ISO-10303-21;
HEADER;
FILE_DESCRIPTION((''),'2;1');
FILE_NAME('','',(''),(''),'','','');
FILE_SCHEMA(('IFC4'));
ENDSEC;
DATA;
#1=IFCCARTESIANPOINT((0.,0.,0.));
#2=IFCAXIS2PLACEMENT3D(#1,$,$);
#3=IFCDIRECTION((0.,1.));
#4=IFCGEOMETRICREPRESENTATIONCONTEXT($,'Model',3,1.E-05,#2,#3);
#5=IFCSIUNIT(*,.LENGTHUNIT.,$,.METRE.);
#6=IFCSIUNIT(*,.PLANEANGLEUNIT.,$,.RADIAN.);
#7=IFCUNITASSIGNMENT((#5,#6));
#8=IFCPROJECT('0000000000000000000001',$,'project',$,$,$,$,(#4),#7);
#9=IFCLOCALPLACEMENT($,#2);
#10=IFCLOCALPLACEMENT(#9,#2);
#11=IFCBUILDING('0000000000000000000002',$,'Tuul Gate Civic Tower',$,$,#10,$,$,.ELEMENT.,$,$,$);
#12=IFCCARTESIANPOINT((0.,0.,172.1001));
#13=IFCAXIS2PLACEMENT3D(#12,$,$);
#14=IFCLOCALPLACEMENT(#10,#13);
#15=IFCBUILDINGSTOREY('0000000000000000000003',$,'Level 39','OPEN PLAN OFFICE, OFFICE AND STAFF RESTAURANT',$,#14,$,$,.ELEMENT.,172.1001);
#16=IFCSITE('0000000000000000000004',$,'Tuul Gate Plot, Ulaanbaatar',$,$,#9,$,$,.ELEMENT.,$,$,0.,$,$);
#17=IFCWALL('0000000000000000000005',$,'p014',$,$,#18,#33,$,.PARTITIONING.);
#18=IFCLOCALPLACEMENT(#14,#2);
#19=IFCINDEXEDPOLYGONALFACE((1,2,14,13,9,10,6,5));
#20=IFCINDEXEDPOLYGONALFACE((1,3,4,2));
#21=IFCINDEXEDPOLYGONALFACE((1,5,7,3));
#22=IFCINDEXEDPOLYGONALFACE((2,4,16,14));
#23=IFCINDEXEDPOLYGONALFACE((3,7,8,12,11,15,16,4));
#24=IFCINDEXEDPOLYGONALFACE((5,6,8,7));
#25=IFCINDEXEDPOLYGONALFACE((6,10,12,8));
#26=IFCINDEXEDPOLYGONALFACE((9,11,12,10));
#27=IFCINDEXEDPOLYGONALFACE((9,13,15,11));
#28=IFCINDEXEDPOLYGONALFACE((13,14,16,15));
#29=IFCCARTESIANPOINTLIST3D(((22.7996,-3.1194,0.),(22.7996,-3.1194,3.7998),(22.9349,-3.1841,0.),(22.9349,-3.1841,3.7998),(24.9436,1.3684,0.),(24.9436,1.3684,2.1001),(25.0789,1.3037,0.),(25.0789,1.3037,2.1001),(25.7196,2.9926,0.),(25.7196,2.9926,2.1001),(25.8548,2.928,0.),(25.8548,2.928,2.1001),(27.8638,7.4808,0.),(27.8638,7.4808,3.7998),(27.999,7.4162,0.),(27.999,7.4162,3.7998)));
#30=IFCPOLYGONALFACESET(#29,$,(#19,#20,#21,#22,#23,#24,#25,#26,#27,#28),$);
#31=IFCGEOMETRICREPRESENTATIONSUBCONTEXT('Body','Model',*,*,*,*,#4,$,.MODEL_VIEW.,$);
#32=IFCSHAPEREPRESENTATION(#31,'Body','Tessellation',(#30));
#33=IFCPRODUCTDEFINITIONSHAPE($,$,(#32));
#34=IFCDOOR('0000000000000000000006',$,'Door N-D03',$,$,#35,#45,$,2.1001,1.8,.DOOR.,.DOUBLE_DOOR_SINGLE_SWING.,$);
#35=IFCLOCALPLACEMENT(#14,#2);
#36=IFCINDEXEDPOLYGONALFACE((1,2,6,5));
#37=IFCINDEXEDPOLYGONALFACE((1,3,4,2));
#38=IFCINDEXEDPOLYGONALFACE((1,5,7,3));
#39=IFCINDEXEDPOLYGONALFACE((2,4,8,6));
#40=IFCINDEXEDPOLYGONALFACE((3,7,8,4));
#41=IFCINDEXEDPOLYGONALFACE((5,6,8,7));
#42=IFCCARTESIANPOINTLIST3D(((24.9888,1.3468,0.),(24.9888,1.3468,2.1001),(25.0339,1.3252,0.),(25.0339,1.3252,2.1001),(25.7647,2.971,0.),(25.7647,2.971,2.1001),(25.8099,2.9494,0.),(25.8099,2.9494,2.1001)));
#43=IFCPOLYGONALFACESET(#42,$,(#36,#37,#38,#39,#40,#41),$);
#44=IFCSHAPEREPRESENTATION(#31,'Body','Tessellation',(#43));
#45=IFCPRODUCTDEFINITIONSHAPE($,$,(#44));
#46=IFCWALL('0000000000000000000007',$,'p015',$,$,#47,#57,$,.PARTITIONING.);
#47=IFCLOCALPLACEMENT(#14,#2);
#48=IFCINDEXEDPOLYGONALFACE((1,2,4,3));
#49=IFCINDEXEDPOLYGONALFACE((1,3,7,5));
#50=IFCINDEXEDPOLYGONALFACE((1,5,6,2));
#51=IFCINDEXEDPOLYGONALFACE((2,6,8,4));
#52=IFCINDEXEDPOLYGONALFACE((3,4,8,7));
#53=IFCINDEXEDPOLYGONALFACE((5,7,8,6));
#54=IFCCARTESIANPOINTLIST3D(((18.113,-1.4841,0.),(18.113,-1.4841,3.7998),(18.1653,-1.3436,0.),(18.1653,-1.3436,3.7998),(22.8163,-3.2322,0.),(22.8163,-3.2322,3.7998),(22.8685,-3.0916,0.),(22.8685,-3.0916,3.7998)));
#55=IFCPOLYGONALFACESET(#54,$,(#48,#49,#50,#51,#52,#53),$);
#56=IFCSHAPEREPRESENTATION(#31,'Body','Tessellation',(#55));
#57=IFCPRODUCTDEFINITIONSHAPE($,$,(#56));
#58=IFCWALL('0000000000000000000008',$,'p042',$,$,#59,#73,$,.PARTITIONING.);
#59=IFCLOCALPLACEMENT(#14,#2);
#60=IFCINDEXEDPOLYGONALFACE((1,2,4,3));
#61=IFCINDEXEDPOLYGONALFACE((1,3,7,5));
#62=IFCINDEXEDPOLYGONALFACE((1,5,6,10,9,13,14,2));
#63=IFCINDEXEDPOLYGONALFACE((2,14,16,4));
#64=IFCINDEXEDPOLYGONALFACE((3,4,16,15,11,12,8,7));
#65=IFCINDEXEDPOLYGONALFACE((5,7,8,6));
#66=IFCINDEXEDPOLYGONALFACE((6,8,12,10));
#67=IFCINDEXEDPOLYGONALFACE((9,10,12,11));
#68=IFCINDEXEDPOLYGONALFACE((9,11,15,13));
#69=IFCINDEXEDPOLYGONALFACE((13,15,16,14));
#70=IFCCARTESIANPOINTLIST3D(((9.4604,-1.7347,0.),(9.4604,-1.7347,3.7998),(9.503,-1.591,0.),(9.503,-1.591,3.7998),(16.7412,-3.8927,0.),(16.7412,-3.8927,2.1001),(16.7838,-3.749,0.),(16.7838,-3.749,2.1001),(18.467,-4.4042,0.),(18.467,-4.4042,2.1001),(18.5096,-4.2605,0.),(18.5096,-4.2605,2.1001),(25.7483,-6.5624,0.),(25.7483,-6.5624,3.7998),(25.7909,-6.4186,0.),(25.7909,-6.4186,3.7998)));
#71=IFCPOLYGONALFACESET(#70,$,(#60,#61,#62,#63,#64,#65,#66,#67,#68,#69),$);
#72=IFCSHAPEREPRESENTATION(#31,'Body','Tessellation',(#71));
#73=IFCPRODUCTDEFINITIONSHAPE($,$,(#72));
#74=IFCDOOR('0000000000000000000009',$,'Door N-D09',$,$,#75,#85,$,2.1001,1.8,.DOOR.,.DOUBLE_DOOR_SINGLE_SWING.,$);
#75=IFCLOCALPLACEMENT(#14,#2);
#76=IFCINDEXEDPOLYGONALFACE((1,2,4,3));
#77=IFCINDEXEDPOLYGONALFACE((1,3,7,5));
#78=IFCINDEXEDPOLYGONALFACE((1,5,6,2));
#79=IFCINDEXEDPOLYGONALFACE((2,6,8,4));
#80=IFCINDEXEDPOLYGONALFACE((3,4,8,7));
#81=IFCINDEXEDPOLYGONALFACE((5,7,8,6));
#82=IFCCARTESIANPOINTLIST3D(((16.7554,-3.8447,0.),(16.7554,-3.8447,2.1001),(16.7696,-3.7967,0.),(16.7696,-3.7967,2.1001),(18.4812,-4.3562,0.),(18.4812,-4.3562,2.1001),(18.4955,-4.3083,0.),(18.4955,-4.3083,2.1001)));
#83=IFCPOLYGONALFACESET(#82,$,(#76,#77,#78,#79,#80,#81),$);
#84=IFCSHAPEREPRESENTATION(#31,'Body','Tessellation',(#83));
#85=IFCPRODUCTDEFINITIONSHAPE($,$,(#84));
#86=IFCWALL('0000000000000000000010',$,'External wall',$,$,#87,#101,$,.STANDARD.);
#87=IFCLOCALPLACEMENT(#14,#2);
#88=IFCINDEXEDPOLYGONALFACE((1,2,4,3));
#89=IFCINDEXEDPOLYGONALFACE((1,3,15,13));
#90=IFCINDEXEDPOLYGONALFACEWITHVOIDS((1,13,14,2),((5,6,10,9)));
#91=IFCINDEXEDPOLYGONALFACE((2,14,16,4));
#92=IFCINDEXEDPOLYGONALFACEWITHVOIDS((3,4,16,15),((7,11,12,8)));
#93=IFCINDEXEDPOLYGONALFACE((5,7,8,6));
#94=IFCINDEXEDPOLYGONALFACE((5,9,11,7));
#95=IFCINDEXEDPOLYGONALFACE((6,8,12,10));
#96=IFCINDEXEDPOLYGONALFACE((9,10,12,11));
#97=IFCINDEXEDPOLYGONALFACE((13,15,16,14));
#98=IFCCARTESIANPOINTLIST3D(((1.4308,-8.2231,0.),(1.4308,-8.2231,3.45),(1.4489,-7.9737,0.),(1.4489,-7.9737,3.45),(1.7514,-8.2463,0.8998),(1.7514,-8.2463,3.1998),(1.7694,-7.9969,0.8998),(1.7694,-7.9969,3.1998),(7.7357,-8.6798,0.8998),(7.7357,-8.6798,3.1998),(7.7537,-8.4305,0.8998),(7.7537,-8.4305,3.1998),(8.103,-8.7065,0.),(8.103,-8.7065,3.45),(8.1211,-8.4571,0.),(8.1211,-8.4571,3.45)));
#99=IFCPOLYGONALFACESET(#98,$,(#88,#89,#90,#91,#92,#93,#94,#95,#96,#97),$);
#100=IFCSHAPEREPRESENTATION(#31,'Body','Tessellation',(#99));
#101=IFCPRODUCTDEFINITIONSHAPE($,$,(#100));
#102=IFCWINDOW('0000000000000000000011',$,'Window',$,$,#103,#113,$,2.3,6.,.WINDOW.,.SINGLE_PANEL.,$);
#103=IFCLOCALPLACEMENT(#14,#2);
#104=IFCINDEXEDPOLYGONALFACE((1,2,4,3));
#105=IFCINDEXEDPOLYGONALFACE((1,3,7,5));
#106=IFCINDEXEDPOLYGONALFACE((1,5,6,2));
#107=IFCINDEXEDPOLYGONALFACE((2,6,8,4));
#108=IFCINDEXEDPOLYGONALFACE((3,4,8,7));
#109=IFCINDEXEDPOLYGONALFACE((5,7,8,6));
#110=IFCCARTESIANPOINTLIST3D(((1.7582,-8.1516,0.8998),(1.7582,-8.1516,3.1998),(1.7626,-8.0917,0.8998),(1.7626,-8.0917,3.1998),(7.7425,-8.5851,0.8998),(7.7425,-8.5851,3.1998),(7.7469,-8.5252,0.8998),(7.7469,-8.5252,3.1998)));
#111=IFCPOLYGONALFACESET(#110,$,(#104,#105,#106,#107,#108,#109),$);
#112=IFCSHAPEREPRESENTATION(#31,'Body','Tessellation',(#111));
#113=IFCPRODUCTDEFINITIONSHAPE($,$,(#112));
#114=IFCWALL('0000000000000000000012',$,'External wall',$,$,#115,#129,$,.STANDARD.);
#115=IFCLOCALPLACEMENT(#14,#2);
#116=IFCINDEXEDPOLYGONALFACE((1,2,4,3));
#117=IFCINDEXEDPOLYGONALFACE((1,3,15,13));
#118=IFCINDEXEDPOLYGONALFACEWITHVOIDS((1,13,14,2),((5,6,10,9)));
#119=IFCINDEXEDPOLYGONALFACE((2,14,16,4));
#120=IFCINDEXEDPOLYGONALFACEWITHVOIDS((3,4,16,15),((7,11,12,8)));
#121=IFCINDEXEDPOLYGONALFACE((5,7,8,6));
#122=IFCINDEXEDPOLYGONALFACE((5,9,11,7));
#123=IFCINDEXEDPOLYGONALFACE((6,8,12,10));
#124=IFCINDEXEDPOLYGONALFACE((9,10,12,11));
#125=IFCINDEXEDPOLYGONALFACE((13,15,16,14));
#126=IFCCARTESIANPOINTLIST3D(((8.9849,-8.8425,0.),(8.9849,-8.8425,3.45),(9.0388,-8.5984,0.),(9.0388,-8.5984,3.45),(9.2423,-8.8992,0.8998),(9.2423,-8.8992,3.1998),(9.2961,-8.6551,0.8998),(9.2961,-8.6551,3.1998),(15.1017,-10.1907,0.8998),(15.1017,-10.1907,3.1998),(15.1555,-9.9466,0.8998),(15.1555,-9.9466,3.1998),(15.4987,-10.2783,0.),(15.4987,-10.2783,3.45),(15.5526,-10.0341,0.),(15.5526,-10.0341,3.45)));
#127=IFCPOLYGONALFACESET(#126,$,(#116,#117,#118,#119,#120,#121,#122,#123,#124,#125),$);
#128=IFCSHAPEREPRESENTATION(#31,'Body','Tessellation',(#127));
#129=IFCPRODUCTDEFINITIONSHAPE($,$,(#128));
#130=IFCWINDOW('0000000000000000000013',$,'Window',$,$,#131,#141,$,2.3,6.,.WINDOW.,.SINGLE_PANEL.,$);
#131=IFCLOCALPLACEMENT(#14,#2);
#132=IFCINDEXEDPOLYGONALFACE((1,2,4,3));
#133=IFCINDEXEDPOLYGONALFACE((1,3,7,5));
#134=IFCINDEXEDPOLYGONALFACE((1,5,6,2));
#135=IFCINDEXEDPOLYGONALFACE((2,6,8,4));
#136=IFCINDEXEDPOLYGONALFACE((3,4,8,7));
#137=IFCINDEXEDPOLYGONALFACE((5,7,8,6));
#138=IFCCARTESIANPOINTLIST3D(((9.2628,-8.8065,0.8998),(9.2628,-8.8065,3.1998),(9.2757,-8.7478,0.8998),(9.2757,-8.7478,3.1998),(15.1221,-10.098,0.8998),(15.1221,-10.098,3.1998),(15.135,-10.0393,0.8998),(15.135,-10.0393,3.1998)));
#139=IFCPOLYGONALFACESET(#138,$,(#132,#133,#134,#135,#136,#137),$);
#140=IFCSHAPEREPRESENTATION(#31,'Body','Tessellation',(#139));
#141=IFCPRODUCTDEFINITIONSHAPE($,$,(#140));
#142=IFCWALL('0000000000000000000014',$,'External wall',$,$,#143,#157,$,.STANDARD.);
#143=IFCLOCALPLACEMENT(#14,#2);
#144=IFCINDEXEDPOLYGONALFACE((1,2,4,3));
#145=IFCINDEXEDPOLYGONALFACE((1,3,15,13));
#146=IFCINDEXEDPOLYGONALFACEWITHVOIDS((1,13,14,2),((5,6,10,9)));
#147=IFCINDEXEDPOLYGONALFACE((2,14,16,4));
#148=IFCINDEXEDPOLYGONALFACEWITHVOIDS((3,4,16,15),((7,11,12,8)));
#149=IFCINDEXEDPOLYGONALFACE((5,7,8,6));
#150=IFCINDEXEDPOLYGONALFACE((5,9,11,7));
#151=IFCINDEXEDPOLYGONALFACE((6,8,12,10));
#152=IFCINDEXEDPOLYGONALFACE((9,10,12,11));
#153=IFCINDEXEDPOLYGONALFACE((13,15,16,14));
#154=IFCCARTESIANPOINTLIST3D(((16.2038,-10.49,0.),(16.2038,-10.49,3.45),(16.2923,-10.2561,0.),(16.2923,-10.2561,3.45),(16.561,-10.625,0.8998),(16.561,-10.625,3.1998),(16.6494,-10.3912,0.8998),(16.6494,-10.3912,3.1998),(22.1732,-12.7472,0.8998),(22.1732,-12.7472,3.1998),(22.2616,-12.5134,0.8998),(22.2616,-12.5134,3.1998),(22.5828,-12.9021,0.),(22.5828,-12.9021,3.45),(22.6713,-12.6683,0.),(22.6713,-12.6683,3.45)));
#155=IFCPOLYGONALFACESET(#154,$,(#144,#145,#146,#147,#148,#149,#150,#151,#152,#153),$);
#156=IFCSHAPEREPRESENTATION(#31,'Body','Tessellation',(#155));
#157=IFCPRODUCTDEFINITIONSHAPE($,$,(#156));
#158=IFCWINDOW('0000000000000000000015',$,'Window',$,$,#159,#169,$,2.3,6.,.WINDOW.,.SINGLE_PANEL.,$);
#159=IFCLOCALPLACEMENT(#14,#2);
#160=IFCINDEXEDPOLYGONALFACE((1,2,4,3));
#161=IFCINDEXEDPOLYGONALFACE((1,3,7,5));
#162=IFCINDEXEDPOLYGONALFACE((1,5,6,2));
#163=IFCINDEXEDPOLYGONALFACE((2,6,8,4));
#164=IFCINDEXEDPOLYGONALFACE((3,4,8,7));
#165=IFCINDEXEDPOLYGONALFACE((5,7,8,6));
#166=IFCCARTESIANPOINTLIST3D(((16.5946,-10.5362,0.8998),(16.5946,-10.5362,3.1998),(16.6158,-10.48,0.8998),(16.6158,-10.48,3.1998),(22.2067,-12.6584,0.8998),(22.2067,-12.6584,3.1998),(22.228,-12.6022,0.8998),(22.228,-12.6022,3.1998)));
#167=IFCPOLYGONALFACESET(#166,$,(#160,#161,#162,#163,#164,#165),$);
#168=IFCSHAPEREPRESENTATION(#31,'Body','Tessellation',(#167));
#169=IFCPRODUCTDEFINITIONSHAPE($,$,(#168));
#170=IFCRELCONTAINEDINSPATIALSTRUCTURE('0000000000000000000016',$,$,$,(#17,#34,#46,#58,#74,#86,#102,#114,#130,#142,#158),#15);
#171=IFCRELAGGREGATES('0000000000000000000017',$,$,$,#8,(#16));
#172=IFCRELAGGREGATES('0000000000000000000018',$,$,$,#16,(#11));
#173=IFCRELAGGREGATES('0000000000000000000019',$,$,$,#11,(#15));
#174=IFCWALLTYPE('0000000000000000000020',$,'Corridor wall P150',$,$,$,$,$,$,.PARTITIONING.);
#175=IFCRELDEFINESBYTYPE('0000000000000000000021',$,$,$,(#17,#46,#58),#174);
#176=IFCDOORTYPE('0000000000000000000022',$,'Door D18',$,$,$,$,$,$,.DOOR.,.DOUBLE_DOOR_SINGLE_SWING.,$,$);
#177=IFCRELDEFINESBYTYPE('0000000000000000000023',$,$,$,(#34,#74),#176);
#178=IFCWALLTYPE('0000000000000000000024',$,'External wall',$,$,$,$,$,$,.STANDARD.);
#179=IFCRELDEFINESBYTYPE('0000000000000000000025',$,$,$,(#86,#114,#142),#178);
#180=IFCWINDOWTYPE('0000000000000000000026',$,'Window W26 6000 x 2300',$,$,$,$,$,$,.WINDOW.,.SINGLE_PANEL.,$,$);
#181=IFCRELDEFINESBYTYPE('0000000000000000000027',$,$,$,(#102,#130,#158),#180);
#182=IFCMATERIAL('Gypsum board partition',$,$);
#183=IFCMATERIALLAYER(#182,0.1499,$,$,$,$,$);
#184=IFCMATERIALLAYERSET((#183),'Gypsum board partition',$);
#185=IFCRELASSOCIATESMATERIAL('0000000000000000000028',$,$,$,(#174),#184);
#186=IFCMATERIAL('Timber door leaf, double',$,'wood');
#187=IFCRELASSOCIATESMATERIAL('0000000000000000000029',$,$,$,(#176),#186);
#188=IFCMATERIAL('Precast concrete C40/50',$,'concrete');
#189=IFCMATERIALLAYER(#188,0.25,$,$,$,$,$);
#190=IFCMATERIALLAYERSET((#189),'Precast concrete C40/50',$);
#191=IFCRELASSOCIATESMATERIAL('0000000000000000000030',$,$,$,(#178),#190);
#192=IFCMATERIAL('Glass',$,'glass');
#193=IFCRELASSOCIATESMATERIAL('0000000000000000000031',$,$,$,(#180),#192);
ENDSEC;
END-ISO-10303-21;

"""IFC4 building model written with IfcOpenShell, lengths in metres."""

from ifc_helpers import new_model, si_unit, direction, frame, frame_2d, origin, place, context, subcontext, project, spatial, rectangle, extrude, material, layer, layer_set, type_object, element, fill, save


model = new_model("IFC4")

# Units and contexts
model_context = context("Model", 3, precision=1e-05, world=origin(), true_north=direction((0.0, 1.0)))
body_context = subcontext(model_context, "Body", "Model", "MODEL_VIEW")
ifc_project = project(units=[si_unit("LENGTHUNIT", "METRE"), si_unit("PLANEANGLEUNIT", "RADIAN")], contexts=[model_context])

# Site, building, storey
site_placement = place(None, origin())
site = spatial("IfcSite", under=ifc_project, at=site_placement, Name="Tuul Gate Plot, Ulaanbaatar", CompositionType="ELEMENT", RefElevation=0.0)
building_placement = place(site_placement, origin())
building = spatial("IfcBuilding", under=site, at=building_placement, Name="Tuul Gate Civic Tower", CompositionType="ELEMENT")
storey_placement = place(building_placement, frame((0.0, 0.0, 172.1001)))
storey = spatial("IfcBuildingStorey", under=building, at=storey_placement, Name="Level 39", Description="OPEN PLAN OFFICE, OFFICE AND STAFF RESTAURANT", CompositionType="ELEMENT", Elevation=172.1001)

# Wall, opening, door
ifc_material_1 = material(Name="Gypsum board partition")
ifc_layer_1 = layer(ifc_material_1, 0.1499)
ifc_layer_set_1 = layer_set([ifc_layer_1], Name="Gypsum board partition")
wall_type_1 = type_object("IfcWallType", Name="Corridor wall P150", PredefinedType="PARTITIONING", material=ifc_layer_set_1)
wall_1_placement = place(storey_placement, frame((22.8672, -3.1519, 0.0), z_axis=(0.0, 0.0, 1.0), x_axis=(0.431073, 0.902317, 0.0)))
wall_1 = element("IfcWall", 1, at=wall_1_placement, inside=storey, type_object=wall_type_1, Name="p014", PredefinedType="PARTITIONING", context=body_context, shape_type="SweptSolid", body=[
    extrude(rectangle(XDim=11.7478, YDim=0.1499, at=frame_2d((5.874, 0.0))), origin(), (0.0, 0.0, 1.0), 3.7998),
])
opening_1_placement = place(wall_1_placement, frame((4.9739, 0.0, 0.0)))
opening_1 = element("IfcOpeningElement", 2, at=opening_1_placement, cuts=wall_1, PredefinedType="OPENING", context=body_context, shape_type="SweptSolid", body=[
    extrude(rectangle(XDim=1.8, YDim=2.1001, at=frame_2d((0.8999, 1.05))), frame((0.0, 0.085, 0.0), z_axis=(0.0, -1.0, 0.0), x_axis=(1.0, 0.0, 0.0)), (0.0, 0.0, 1.0), 0.1699),
])
ifc_material_2 = material(Name="Timber door leaf, double", Category="wood")
door_type = type_object("IfcDoorType", Name="Door D18", OperationType="DOUBLE_DOOR_SINGLE_SWING", PredefinedType="DOOR", material=ifc_material_2)
door_1_placement = place(opening_1_placement, origin())
door_1 = element("IfcDoor", 3, at=door_1_placement, inside=storey, type_object=door_type, Name="Door N-D03", OperationType="DOUBLE_DOOR_SINGLE_SWING", OverallHeight=2.1001, OverallWidth=1.8, PredefinedType="DOOR", context=body_context, shape_type="SweptSolid", body=[
    extrude(rectangle(XDim=1.8, YDim=2.1001, at=frame_2d((0.8999, 1.05))), frame((0.0, 0.0249, 0.0), z_axis=(0.0, -1.0, 0.0), x_axis=(1.0, 0.0, 0.0)), (0.0, 0.0, 1.0), 0.05),
])
fill(opening_1, door_1)

# Wall
wall_2_placement = place(storey_placement, frame((18.1392, -1.4138, 0.0), z_axis=(0.0, 0.0, 1.0), x_axis=(0.937349, -0.348392, 0.0)))
element("IfcWall", 4, at=wall_2_placement, inside=storey, type_object=wall_type_1, Name="p015", PredefinedType="PARTITIONING", context=body_context, shape_type="SweptSolid", body=[
    extrude(rectangle(XDim=5.0176, YDim=0.1499, at=frame_2d((2.5088, 0.0))), origin(), (0.0, 0.0, 1.0), 3.7998),
])

# Wall, opening, door
wall_3_placement = place(storey_placement, frame((9.4817, -1.6628, 0.0), z_axis=(0.0, 0.0, 1.0), x_axis=(0.958772, -0.284175, 0.0)))
wall_3 = element("IfcWall", 5, at=wall_3_placement, inside=storey, type_object=wall_type_1, Name="p042", PredefinedType="PARTITIONING", context=body_context, shape_type="SweptSolid", body=[
    extrude(rectangle(XDim=16.9883, YDim=0.1499, at=frame_2d((8.4941, 0.0))), origin(), (0.0, 0.0, 1.0), 3.7998),
])
opening_2_placement = place(wall_3_placement, frame((7.594, 0.0, 0.0)))
opening_2 = element("IfcOpeningElement", 6, at=opening_2_placement, cuts=wall_3, PredefinedType="OPENING", context=body_context, shape_type="SweptSolid", body=[
    extrude(rectangle(XDim=1.8, YDim=2.1001, at=frame_2d((0.8999, 1.05))), frame((0.0, 0.085, 0.0), z_axis=(0.0, -1.0, 0.0), x_axis=(1.0, 0.0, 0.0)), (0.0, 0.0, 1.0), 0.1699),
])
door_2_placement = place(opening_2_placement, frame((1.8, 0.0, 0.0), z_axis=(0.0, 0.0, 1.0), x_axis=(-1.0, 0.0, 0.0)))
door_2 = element("IfcDoor", 7, at=door_2_placement, inside=storey, type_object=door_type, Name="Door N-D09", OperationType="DOUBLE_DOOR_SINGLE_SWING", OverallHeight=2.1001, OverallWidth=1.8, PredefinedType="DOOR", context=body_context, shape_type="SweptSolid", body=[
    extrude(rectangle(XDim=1.8, YDim=2.1001, at=frame_2d((0.9001, 1.05))), frame((0.0, 0.0249, 0.0), z_axis=(0.0, -1.0, 0.0), x_axis=(1.0, 0.0, 0.0)), (0.0, 0.0, 1.0), 0.05),
])
fill(opening_2, door_2)

# Walls, openings, windows
ifc_material_3 = material(Name="Precast concrete C40/50", Category="concrete")
ifc_layer_2 = layer(ifc_material_3, 0.25)
ifc_layer_set_2 = layer_set([ifc_layer_2], Name="Precast concrete C40/50")
wall_type_2 = type_object("IfcWallType", Name="External wall", PredefinedType="STANDARD", material=ifc_layer_set_2)
wall_4_placement = place(storey_placement, frame((1.4399, -8.0984, 0.0), z_axis=(0.0, 0.0, 1.0), x_axis=(0.997386, -0.072261, 0.0)))
wall_4 = element("IfcWall", 8, at=wall_4_placement, inside=storey, type_object=wall_type_2, Name="External wall", PredefinedType="STANDARD", context=body_context, shape_type="SweptSolid", body=[
    extrude(rectangle(XDim=6.6897, YDim=0.25, at=frame_2d((3.3447, 0.0))), origin(), (0.0, 0.0, 1.0), 3.45),
])
opening_3_placement = place(wall_4_placement, frame((0.3213, 0.0, 0.8999)))
opening_3 = element("IfcOpeningElement", 9, at=opening_3_placement, cuts=wall_4, PredefinedType="OPENING", context=body_context, shape_type="SweptSolid", body=[
    extrude(rectangle(XDim=6.0, YDim=2.3, at=frame_2d((3.0, 1.1499))), frame((0.0, 0.135, 0.0), z_axis=(0.0, -1.0, 0.0), x_axis=(1.0, 0.0, 0.0)), (0.0, 0.0, 1.0), 0.27),
])
ifc_material_4 = material(Name="Glass", Category="glass")
window_type = type_object("IfcWindowType", Name="Window W26 6000 x 2300", PartitioningType="SINGLE_PANEL", PredefinedType="WINDOW", material=ifc_material_4)
window_1_placement = place(opening_3_placement, origin())
window_1 = element("IfcWindow", 10, at=window_1_placement, inside=storey, type_object=window_type, Name="Window", OverallHeight=2.3, OverallWidth=6.0, PartitioningType="SINGLE_PANEL", PredefinedType="WINDOW", context=body_context, shape_type="SweptSolid", body=[
    extrude(rectangle(XDim=6.0, YDim=2.3, at=frame_2d((3.0, 1.1499))), frame((0.0, 0.03, 0.0), z_axis=(0.0, -1.0, 0.0), x_axis=(1.0, 0.0, 0.0)), (0.0, 0.0, 1.0), 0.0601),
])
fill(opening_3, window_1)
wall_5_placement = place(storey_placement, frame((9.012, -8.7205, 0.0), z_axis=(0.0, 0.0, 1.0), x_axis=(0.976559, -0.215252, 0.0)))
wall_5 = element("IfcWall", 11, at=wall_5_placement, inside=storey, type_object=wall_type_2, Name="External wall", PredefinedType="STANDARD", context=body_context, shape_type="SweptSolid", body=[
    extrude(rectangle(XDim=6.6702, YDim=0.25, at=frame_2d((3.335, 0.0))), origin(), (0.0, 0.0, 1.0), 3.45),
])
opening_4_placement = place(wall_5_placement, frame((0.2634, 0.0, 0.8999)))
opening_4 = element("IfcOpeningElement", 12, at=opening_4_placement, cuts=wall_5, PredefinedType="OPENING", context=body_context, shape_type="SweptSolid", body=[
    extrude(rectangle(XDim=6.0, YDim=2.3, at=frame_2d((3.0, 1.1499))), frame((0.0, 0.135, 0.0), z_axis=(0.0, -1.0, 0.0), x_axis=(1.0, 0.0, 0.0)), (0.0, 0.0, 1.0), 0.27),
])
window_2_placement = place(opening_4_placement, origin())
window_2 = element("IfcWindow", 13, at=window_2_placement, inside=storey, type_object=window_type, Name="Window", OverallHeight=2.3, OverallWidth=6.0, PartitioningType="SINGLE_PANEL", PredefinedType="WINDOW", context=body_context, shape_type="SweptSolid", body=[
    extrude(rectangle(XDim=6.0, YDim=2.3, at=frame_2d((3.0, 1.1499))), frame((0.0, 0.03, 0.0), z_axis=(0.0, -1.0, 0.0), x_axis=(1.0, 0.0, 0.0)), (0.0, 0.0, 1.0), 0.0601),
])
fill(opening_4, window_2)
wall_6_placement = place(storey_placement, frame((16.248, -10.373, 0.0), z_axis=(0.0, 0.0, 1.0), x_axis=(0.935361, -0.353696, 0.0)))
wall_6 = element("IfcWall", 14, at=wall_6_placement, inside=storey, type_object=wall_type_2, Name="External wall", PredefinedType="STANDARD", context=body_context, shape_type="SweptSolid", body=[
    extrude(rectangle(XDim=6.8198, YDim=0.25, at=frame_2d((3.4099, 0.0))), origin(), (0.0, 0.0, 1.0), 3.45),
])
opening_5_placement = place(wall_6_placement, frame((0.3818, 0.0, 0.8999)))
opening_5 = element("IfcOpeningElement", 15, at=opening_5_placement, cuts=wall_6, PredefinedType="OPENING", context=body_context, shape_type="SweptSolid", body=[
    extrude(rectangle(XDim=6.0, YDim=2.3, at=frame_2d((3.0, 1.1499))), frame((0.0, 0.135, 0.0), z_axis=(0.0, -1.0, 0.0), x_axis=(1.0, 0.0, 0.0)), (0.0, 0.0, 1.0), 0.27),
])
window_3_placement = place(opening_5_placement, origin())
window_3 = element("IfcWindow", 16, at=window_3_placement, inside=storey, type_object=window_type, Name="Window", OverallHeight=2.3, OverallWidth=6.0, PartitioningType="SINGLE_PANEL", PredefinedType="WINDOW", context=body_context, shape_type="SweptSolid", body=[
    extrude(rectangle(XDim=6.0, YDim=2.3, at=frame_2d((3.0, 1.1499))), frame((0.0, 0.03, 0.0), z_axis=(0.0, -1.0, 0.0), x_axis=(1.0, 0.0, 0.0)), (0.0, 0.0, 1.0), 0.0601),
])
fill(opening_5, window_3)

save(model, "model.ifc")
